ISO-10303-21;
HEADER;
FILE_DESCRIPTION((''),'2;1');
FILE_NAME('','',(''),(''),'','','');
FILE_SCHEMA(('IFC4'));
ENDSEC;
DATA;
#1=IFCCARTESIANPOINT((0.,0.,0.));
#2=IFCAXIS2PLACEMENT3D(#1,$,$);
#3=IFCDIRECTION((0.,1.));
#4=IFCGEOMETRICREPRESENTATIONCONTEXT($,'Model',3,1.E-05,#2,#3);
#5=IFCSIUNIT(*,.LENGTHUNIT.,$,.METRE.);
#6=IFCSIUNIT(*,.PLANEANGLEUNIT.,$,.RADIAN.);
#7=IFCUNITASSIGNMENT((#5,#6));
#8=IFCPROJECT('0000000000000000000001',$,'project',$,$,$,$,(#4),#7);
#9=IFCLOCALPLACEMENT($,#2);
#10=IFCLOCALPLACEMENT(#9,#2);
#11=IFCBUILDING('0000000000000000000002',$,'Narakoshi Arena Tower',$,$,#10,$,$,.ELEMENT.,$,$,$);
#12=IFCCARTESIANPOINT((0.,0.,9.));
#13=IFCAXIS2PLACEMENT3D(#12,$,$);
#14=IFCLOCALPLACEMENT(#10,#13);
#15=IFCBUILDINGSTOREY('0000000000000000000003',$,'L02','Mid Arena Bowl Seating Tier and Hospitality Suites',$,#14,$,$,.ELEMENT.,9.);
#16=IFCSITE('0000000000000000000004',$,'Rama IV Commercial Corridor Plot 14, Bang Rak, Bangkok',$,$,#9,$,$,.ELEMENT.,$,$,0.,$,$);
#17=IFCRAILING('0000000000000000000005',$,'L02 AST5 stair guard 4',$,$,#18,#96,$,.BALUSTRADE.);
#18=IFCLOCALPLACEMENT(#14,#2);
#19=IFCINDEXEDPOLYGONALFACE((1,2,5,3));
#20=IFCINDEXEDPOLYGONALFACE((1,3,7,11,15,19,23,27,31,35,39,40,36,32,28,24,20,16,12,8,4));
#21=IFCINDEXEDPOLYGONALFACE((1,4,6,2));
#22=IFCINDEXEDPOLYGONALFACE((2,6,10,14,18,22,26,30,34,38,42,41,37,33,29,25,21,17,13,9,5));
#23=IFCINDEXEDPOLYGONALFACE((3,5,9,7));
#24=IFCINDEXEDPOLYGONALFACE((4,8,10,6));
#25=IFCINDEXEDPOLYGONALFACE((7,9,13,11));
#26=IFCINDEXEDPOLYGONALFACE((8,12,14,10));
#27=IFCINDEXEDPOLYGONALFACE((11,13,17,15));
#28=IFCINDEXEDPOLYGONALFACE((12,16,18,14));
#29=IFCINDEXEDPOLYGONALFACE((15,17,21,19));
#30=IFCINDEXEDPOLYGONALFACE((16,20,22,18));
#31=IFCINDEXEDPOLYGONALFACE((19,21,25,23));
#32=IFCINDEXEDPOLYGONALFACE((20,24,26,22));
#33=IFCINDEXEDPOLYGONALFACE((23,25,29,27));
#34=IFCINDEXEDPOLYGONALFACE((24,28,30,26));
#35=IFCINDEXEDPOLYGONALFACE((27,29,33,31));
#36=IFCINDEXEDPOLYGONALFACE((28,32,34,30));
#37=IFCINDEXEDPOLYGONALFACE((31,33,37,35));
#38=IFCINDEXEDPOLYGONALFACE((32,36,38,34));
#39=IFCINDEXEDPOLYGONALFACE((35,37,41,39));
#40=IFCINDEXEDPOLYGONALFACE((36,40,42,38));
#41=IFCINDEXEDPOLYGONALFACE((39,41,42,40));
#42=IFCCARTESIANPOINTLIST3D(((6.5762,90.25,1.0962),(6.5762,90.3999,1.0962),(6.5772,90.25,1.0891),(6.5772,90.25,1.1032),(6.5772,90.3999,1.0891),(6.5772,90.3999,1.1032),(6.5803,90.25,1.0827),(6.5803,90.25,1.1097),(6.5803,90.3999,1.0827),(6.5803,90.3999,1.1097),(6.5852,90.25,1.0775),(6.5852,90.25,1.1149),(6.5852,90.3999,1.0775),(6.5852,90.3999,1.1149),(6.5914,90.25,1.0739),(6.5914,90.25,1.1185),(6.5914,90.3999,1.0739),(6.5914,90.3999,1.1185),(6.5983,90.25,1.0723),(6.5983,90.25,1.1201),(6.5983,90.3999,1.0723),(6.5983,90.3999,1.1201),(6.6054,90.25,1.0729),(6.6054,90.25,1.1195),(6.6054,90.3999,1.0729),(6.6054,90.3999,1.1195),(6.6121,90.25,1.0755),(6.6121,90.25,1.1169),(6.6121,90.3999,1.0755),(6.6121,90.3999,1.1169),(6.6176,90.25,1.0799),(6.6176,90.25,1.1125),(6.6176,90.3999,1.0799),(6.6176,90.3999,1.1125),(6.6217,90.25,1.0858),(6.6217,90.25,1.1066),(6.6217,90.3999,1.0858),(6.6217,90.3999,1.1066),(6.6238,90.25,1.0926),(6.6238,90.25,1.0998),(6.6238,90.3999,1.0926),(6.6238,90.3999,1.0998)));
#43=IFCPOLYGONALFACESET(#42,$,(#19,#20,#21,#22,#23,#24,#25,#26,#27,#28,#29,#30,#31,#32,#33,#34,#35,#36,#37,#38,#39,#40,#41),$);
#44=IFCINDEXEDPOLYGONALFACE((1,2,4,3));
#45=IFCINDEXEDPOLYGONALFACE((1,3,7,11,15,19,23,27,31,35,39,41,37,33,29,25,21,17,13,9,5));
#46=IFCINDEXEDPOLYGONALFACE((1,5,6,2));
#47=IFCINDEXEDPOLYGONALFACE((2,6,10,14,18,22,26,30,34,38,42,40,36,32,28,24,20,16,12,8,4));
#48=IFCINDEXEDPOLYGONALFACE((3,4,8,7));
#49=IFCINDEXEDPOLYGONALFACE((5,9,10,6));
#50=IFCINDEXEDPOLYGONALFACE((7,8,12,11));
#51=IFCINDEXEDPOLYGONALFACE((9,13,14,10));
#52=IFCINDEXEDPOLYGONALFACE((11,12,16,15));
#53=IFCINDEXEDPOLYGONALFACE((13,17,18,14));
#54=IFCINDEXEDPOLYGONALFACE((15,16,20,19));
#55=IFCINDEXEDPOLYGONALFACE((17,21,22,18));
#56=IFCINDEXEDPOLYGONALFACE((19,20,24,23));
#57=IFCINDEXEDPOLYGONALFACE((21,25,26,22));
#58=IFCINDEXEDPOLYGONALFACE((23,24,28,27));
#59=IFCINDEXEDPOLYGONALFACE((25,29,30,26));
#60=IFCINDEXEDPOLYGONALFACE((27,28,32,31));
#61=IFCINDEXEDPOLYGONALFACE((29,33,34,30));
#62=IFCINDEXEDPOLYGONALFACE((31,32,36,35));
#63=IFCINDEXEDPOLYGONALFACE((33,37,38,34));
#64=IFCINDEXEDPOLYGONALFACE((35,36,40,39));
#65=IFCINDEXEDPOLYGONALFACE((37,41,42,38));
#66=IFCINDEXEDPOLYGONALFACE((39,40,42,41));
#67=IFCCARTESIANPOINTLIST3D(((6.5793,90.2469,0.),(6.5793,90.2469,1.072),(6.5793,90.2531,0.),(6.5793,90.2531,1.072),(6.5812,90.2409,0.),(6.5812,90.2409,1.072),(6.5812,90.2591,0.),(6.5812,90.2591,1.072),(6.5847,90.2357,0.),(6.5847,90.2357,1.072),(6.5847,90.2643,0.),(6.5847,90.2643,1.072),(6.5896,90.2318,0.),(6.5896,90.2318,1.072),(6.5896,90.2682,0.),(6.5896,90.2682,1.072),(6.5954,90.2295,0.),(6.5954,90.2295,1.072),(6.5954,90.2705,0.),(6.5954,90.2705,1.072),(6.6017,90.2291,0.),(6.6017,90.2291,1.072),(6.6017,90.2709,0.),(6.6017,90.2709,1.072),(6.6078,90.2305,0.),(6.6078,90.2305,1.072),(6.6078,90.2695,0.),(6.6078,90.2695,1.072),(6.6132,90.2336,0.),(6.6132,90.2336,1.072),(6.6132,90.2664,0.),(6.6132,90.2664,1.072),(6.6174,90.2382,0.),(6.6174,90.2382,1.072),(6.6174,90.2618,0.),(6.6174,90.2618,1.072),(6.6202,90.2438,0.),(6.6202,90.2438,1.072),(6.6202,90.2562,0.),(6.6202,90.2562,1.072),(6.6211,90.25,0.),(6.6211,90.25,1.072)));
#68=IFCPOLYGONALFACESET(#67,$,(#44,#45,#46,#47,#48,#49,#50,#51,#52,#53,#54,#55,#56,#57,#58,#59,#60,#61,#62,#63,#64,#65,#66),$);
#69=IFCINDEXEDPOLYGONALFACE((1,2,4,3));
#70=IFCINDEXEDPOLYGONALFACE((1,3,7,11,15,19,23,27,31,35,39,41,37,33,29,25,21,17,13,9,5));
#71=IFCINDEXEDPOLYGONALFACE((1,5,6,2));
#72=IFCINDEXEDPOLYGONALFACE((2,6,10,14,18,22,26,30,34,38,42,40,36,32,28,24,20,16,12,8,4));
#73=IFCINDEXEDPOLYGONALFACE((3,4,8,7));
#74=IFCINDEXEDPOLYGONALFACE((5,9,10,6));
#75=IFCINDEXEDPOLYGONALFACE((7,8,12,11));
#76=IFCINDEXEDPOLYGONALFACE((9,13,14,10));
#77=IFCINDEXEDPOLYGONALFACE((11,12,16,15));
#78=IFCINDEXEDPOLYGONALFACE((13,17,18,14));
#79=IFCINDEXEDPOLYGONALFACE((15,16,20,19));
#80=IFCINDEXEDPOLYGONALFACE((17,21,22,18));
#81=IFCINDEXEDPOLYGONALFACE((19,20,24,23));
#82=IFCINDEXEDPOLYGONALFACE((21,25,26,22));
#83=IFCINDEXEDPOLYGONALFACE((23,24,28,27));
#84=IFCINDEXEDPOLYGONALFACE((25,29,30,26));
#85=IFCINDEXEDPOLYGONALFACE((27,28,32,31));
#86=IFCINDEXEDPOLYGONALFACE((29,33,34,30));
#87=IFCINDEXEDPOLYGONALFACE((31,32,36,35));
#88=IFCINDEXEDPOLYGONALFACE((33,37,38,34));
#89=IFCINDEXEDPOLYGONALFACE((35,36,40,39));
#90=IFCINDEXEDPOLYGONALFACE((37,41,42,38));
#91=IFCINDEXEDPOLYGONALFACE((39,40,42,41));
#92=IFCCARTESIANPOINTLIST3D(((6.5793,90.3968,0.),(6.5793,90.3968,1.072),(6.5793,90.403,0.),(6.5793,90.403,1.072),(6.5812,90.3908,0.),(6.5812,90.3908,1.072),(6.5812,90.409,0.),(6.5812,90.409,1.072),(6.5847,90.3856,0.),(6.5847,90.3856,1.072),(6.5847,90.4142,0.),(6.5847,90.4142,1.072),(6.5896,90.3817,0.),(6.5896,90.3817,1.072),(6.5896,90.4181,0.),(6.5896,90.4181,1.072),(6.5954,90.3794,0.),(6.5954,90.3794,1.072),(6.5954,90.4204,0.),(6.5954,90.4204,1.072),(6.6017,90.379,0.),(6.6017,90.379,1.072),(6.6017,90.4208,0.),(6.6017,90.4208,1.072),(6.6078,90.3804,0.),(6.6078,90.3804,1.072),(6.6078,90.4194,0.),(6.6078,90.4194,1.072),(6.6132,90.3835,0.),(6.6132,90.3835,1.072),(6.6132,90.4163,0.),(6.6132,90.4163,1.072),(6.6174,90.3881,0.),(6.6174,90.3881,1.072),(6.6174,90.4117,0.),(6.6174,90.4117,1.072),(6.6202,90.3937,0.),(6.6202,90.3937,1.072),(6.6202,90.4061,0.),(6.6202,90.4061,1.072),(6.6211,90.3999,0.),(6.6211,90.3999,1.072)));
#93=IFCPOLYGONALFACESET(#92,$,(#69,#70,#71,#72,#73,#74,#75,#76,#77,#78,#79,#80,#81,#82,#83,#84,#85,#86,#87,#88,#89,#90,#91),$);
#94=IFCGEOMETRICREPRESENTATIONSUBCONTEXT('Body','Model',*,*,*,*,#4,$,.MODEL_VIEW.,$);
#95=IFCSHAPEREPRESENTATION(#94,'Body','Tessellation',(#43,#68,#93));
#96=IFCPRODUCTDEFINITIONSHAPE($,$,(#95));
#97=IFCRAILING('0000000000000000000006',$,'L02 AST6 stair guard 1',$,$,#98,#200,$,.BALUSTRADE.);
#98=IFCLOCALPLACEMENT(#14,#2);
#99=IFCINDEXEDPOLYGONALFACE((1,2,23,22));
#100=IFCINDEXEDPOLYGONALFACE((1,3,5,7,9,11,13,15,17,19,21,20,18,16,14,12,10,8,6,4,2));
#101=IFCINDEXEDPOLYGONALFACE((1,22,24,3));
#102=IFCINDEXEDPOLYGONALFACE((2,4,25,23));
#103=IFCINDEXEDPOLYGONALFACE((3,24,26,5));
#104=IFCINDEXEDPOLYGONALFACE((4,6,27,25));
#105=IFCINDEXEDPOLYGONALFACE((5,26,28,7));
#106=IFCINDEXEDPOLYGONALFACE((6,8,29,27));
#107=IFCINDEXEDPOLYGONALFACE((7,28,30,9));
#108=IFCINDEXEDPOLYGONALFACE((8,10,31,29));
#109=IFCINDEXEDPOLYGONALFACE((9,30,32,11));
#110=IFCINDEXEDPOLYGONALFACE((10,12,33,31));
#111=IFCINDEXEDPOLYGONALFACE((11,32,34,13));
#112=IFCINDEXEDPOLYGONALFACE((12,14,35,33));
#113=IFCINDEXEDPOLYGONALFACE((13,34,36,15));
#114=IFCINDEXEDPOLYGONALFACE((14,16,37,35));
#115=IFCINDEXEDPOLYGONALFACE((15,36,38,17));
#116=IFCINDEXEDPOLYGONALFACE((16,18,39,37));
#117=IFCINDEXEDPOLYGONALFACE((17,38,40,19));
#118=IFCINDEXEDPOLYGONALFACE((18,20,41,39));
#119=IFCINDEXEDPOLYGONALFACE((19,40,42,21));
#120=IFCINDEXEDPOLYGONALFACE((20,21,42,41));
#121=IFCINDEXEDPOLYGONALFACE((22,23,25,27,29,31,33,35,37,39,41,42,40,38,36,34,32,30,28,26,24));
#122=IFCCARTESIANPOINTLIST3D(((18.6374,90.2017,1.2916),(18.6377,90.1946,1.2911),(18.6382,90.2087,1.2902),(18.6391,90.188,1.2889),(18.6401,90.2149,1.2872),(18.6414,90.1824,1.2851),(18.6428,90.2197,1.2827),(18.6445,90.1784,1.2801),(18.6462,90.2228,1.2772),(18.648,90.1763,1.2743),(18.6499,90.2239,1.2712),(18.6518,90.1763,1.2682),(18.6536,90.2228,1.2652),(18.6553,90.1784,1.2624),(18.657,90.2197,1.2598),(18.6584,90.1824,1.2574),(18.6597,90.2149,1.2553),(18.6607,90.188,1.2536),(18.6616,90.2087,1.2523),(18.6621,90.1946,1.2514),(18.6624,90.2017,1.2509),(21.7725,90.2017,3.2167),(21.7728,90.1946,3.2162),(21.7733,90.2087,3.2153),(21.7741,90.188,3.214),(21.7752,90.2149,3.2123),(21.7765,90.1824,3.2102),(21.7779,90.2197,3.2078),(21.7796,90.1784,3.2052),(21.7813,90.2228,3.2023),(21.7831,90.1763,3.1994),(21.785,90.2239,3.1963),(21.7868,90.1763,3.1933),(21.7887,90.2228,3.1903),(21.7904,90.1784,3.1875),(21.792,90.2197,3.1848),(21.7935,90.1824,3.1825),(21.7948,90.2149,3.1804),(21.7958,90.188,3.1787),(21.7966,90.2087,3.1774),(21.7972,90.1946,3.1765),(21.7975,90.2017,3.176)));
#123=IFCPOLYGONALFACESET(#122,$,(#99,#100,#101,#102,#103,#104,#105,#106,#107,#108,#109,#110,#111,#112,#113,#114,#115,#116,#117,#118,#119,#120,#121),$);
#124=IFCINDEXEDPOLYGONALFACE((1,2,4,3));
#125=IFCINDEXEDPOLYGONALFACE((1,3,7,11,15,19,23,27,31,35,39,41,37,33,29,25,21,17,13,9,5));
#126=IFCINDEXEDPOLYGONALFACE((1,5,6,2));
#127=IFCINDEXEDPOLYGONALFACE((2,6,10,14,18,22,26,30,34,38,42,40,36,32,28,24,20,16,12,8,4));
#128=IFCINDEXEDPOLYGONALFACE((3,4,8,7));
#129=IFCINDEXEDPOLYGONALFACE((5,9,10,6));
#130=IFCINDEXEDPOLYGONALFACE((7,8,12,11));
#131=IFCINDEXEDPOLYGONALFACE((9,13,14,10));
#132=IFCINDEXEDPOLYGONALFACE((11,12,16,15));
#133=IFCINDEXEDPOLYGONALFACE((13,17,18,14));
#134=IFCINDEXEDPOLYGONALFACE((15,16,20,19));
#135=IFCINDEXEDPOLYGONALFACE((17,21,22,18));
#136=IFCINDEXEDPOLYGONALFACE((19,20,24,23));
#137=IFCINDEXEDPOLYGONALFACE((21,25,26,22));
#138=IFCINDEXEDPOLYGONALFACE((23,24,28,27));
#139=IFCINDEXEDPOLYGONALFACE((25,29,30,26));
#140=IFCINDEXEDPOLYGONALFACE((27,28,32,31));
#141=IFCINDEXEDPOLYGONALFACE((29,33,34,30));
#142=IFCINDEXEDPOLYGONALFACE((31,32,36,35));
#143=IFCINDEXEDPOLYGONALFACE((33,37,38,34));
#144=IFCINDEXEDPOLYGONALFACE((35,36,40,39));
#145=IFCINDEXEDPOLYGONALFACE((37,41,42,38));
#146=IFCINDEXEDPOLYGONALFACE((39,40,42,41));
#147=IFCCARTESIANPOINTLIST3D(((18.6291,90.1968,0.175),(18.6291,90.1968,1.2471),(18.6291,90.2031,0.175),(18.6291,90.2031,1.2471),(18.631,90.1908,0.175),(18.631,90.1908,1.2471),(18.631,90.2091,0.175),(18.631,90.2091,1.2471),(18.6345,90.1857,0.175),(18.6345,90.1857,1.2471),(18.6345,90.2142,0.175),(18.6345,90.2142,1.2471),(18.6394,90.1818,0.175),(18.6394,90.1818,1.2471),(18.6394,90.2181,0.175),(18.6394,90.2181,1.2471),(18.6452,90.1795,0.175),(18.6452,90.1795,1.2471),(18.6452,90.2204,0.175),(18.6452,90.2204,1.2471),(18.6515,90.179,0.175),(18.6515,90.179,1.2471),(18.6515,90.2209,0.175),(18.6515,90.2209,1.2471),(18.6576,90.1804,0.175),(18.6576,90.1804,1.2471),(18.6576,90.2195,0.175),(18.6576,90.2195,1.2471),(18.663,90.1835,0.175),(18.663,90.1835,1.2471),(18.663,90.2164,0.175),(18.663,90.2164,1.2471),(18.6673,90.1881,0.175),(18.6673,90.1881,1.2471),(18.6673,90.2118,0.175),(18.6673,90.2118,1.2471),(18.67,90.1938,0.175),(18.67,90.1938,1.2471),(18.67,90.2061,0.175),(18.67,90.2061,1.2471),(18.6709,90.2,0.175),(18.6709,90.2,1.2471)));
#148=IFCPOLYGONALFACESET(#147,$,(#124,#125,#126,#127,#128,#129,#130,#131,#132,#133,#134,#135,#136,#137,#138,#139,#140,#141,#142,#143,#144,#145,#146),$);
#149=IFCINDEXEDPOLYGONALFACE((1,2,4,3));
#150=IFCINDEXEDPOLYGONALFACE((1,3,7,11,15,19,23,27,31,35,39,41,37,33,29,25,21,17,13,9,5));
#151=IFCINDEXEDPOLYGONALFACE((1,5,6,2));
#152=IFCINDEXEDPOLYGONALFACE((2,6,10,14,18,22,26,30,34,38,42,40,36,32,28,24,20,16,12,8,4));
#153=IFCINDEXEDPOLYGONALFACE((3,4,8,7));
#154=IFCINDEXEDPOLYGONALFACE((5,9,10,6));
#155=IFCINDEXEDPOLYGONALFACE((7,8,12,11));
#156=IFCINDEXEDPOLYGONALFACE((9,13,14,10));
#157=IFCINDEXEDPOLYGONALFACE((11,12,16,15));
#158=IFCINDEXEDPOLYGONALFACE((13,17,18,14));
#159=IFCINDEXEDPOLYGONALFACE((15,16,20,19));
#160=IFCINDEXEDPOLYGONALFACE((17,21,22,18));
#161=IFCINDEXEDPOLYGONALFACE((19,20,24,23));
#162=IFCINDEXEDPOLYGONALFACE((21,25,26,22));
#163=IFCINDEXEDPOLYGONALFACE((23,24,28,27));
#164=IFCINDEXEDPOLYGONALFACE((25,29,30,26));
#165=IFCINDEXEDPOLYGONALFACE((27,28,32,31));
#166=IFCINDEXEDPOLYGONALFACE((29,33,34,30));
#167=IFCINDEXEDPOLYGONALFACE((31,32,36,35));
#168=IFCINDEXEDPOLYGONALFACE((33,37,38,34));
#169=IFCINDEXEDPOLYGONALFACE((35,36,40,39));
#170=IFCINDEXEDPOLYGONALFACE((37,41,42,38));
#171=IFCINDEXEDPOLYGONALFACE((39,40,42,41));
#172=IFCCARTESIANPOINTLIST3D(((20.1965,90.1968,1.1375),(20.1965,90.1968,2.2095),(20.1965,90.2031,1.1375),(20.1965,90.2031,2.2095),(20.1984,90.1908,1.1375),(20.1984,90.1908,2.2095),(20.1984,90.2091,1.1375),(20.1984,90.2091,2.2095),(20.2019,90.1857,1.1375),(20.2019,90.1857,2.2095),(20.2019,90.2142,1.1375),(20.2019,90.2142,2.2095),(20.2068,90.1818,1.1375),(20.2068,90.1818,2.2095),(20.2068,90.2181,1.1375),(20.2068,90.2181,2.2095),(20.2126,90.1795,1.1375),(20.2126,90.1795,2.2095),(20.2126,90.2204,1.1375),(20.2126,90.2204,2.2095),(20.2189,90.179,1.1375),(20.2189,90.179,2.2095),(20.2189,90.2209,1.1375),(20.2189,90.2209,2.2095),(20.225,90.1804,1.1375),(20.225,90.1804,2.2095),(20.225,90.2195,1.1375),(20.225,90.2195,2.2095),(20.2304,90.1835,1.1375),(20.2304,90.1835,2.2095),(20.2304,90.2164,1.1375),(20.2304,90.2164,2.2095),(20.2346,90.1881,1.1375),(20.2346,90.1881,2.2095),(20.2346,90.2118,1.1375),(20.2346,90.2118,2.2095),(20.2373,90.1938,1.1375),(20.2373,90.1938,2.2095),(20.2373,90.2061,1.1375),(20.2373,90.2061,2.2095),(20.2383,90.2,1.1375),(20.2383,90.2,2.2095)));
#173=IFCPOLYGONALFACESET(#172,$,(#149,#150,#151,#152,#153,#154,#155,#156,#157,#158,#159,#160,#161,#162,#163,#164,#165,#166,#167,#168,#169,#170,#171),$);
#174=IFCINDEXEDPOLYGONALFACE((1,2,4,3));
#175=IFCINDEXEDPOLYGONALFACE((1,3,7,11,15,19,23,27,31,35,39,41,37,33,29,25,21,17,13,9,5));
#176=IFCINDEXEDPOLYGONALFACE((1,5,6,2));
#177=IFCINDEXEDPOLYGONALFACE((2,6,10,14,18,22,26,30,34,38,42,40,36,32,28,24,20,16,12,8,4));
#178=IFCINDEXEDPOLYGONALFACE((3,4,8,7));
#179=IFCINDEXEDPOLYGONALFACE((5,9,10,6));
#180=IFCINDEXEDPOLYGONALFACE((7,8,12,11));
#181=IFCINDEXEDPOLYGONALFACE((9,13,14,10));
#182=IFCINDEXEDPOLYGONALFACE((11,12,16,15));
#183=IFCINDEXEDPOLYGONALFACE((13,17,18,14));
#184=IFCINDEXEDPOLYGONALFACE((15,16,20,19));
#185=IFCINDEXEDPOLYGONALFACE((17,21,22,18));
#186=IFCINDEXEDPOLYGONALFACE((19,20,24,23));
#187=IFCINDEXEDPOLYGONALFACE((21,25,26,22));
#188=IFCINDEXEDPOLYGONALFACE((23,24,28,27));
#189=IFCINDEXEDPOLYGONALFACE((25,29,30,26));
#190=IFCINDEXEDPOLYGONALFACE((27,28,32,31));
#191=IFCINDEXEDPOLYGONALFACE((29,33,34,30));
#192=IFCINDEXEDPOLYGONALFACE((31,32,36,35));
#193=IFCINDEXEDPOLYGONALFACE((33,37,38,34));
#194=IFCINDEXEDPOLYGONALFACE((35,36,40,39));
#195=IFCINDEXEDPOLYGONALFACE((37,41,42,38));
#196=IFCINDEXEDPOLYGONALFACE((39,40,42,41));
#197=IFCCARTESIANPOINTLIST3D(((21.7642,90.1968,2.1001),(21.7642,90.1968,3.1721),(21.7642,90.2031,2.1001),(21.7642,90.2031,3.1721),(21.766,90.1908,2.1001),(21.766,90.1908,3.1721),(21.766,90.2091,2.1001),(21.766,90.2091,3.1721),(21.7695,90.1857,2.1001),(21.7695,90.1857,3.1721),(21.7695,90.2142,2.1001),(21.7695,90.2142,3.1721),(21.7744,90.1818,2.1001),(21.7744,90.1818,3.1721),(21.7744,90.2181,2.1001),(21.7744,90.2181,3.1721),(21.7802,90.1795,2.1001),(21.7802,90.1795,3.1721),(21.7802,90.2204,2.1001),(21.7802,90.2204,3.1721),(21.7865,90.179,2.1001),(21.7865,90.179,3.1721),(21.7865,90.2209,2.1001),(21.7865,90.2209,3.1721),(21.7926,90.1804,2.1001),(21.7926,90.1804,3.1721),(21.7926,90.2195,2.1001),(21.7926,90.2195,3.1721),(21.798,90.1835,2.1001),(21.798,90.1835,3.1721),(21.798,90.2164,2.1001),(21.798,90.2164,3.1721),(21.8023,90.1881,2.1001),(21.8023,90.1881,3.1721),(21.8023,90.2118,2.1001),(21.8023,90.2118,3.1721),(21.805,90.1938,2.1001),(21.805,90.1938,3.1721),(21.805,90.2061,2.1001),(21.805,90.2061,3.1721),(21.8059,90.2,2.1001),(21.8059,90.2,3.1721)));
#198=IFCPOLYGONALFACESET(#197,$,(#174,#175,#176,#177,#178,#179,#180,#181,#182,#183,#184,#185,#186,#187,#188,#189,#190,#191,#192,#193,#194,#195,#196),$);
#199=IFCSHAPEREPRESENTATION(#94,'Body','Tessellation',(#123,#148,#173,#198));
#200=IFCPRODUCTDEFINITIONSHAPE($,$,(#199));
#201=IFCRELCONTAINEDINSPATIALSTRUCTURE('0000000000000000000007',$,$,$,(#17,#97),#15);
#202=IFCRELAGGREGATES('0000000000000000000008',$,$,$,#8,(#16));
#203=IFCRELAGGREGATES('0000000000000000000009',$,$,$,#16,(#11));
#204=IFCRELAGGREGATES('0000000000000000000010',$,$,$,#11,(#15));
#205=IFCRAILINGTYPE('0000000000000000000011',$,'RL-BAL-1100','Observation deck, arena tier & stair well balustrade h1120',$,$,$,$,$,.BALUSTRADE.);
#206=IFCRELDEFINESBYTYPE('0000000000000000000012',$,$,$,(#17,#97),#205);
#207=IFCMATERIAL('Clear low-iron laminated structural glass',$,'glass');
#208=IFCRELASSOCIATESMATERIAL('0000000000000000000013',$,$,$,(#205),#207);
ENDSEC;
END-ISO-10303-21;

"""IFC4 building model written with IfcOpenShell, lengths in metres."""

from ifc_helpers import new_model, si_unit, direction, frame, origin, origin_2d, place, context, subcontext, project, spatial, circle, extrude, material, type_object, element, save


model = new_model("IFC4")

# Units and contexts
model_context = context("Model", 3, precision=1e-05, world=origin(), true_north=direction((0.0, 1.0)))
body_context = subcontext(model_context, "Body", "Model", "MODEL_VIEW")
ifc_project = project(units=[si_unit("LENGTHUNIT", "METRE"), si_unit("PLANEANGLEUNIT", "RADIAN")], contexts=[model_context])

# Site, building, storey
site_placement = place(None, origin())
site = spatial("IfcSite", under=ifc_project, at=site_placement, Name="Rama IV Commercial Corridor Plot 14, Bang Rak, Bangkok", CompositionType="ELEMENT", RefElevation=0.0)
building_placement = place(site_placement, origin())
building = spatial("IfcBuilding", under=site, at=building_placement, Name="Narakoshi Arena Tower", CompositionType="ELEMENT")
storey_placement = place(building_placement, frame((0.0, 0.0, 9.0)))
storey = spatial("IfcBuildingStorey", under=building, at=storey_placement, Name="L02", Description="Mid Arena Bowl Seating Tier and Hospitality Suites", CompositionType="ELEMENT", Elevation=9.0)

# Railings
ifc_material_1 = material(Name="Clear low-iron laminated structural glass", Category="glass")
railing_type_1 = type_object("IfcRailingType", Name="RL-BAL-1100", Description="Observation deck, arena tier & stair well balustrade h1120", PredefinedType="BALUSTRADE", material=ifc_material_1)
railing_1_placement = place(storey_placement, frame((6.6001, 90.25, 0.0)))
element("IfcRailing", 1, at=railing_1_placement, inside=storey, type_object=railing_type_1, Name="L02 AST5 stair guard 4", PredefinedType="BALUSTRADE", context=body_context, shape_type="SweptSolid", body=[
    extrude(circle(Radius=0.0239, at=origin_2d()), frame((0.0, 0.0, 1.0962), z_axis=(0.0, 1.0, 0.0), x_axis=(-1.0, 0.0, 0.0)), (0.0, 0.0, 1.0), 0.1499),
    extrude(circle(Radius=0.021, at=origin_2d()), origin(), (0.0, 0.0, 1.0), 1.072),
    extrude(circle(Radius=0.021, at=origin_2d()), frame((0.0, 0.1499, 0.0)), (0.0, 0.0, 1.0), 1.072),
])
railing_2_placement = place(storey_placement, frame((18.6499, 90.2, 0.175)))
element("IfcRailing", 2, at=railing_2_placement, inside=storey, type_object=railing_type_1, Name="L02 AST6 stair guard 1", PredefinedType="BALUSTRADE", context=body_context, shape_type="SweptSolid", body=[
    extrude(circle(Radius=0.0239, at=origin_2d()), frame((0.0, 0.0, 1.0962), z_axis=(0.852166, 0.0, 0.523271), x_axis=(0.0, 1.0, 0.0)), (0.0, 0.0, 1.0), 3.679),
    extrude(circle(Radius=0.021, at=origin_2d()), origin(), (0.0, 0.0, 1.0), 1.072),
    extrude(circle(Radius=0.021, at=origin_2d()), frame((1.5674, 0.0, 0.9624)), (0.0, 0.0, 1.0), 1.072),
    extrude(circle(Radius=0.021, at=origin_2d()), frame((3.135, 0.0, 1.925)), (0.0, 0.0, 1.0), 1.072),
])

save(model, "model.ifc")
